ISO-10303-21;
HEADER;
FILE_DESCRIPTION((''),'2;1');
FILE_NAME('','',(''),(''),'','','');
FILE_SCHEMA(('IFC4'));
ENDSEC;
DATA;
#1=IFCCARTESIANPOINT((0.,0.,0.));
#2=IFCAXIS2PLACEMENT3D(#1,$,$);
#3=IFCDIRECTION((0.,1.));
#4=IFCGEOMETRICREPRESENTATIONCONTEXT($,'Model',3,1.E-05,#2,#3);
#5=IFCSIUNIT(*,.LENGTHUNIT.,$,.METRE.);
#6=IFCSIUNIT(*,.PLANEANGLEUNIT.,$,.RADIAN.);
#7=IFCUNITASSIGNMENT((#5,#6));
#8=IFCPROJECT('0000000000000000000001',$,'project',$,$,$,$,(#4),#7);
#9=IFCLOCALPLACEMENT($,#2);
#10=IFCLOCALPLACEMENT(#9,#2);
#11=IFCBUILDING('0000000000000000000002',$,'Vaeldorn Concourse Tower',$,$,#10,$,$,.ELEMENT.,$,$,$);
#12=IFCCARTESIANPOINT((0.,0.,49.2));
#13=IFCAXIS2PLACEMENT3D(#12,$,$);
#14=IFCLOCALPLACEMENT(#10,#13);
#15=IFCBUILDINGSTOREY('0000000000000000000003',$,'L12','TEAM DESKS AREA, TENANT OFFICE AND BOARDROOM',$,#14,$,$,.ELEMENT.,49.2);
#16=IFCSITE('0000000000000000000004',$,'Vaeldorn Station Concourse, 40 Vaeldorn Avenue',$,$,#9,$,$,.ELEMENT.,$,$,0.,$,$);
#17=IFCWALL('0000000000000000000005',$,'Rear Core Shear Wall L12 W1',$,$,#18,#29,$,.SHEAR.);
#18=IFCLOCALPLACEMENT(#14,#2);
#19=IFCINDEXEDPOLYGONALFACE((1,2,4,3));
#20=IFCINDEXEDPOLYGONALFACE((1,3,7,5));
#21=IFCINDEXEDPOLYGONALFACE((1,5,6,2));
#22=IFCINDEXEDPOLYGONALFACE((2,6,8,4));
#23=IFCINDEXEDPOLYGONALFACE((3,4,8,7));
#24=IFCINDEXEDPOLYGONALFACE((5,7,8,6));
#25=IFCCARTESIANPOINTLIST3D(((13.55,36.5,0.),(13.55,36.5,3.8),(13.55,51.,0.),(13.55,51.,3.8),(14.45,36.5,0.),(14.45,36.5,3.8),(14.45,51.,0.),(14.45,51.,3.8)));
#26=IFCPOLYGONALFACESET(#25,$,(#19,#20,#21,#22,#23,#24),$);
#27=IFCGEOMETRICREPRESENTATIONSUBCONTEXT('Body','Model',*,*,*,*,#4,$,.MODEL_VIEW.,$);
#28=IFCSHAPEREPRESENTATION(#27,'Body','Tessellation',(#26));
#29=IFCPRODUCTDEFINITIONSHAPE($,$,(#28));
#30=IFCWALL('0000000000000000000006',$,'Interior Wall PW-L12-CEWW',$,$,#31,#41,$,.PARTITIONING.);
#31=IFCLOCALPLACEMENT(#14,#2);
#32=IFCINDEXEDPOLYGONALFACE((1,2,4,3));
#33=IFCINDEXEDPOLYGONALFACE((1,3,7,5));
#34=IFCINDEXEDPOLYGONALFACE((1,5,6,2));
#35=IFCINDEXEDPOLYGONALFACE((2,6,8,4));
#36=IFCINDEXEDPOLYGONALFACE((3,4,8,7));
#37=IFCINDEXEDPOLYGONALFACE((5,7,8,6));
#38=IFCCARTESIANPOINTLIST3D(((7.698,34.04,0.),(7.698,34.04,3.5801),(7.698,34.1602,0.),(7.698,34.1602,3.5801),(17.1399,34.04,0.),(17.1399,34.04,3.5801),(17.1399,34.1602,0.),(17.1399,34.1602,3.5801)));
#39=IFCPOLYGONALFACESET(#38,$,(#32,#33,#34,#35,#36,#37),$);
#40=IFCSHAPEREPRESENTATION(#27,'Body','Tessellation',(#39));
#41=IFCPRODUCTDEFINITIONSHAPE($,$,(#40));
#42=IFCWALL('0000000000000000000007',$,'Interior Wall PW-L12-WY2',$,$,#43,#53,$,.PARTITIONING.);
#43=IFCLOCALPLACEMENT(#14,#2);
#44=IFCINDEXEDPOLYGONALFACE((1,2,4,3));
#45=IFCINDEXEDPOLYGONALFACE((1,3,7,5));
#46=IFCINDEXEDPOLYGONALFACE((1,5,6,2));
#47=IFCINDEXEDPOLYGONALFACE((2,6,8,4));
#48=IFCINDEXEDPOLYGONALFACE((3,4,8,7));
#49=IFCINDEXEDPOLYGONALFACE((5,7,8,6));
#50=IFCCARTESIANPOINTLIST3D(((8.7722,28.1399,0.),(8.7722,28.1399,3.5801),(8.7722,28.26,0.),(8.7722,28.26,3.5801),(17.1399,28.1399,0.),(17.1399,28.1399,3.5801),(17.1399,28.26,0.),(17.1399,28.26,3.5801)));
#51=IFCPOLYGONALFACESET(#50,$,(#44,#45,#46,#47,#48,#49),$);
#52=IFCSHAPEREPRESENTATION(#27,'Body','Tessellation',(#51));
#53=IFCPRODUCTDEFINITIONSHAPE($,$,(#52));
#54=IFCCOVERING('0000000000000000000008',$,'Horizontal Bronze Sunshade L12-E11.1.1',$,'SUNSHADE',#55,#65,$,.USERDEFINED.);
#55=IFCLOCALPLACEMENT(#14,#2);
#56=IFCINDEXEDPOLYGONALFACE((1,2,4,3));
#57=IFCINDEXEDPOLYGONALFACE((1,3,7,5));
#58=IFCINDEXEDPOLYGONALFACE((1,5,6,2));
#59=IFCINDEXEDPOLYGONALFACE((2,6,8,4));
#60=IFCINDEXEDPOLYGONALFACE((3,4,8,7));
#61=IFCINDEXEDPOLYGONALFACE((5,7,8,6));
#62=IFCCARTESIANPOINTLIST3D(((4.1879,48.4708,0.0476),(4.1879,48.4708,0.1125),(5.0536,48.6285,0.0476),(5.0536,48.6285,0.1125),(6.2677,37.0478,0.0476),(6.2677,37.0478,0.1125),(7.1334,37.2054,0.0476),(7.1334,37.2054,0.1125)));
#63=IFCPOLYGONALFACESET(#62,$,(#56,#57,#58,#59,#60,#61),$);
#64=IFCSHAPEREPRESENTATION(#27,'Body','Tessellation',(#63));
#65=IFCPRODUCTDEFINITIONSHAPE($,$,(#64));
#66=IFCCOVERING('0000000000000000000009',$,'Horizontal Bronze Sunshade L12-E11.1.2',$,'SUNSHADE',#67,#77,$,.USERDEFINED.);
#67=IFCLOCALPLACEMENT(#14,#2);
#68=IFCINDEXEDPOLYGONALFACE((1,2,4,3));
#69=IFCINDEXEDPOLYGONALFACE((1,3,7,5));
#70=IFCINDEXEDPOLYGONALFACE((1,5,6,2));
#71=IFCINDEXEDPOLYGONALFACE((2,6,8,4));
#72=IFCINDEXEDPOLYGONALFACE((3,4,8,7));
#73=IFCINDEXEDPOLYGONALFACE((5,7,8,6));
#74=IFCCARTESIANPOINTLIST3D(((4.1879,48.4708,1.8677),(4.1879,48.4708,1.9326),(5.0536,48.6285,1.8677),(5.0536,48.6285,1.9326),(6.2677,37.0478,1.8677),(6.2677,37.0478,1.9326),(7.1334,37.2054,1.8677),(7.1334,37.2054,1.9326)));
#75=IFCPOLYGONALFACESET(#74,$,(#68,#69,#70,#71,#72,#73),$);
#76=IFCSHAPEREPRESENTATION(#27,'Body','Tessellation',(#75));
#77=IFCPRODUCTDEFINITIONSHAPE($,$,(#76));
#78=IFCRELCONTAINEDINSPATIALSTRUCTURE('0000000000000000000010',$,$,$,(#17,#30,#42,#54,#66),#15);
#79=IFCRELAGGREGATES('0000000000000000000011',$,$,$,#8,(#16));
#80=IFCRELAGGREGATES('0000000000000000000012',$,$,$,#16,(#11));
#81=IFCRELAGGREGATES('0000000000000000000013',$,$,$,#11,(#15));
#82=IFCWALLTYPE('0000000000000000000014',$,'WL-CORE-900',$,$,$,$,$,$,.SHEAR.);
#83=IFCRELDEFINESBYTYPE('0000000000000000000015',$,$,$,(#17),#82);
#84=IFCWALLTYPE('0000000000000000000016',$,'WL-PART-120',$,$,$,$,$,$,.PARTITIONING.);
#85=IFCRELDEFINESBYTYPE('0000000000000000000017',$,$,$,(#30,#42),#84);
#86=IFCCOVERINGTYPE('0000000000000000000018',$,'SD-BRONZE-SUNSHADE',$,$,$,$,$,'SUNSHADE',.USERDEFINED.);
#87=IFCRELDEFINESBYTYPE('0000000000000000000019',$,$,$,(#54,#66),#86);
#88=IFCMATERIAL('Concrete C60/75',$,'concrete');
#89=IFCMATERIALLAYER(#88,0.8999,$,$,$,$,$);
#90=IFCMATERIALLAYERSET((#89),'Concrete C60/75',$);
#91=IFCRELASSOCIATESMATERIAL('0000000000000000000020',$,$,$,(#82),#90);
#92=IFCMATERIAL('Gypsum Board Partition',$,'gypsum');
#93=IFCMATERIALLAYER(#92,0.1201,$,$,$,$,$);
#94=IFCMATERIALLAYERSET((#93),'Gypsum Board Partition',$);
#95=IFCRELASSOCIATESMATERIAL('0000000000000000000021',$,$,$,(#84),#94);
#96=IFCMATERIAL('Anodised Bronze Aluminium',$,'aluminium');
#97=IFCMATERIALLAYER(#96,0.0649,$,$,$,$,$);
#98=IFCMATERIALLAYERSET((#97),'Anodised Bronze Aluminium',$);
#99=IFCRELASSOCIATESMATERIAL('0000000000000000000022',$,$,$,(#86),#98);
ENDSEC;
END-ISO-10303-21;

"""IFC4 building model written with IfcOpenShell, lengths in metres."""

from ifc_helpers import new_model, si_unit, direction, frame, frame_2d, origin, origin_2d, place, context, subcontext, project, spatial, rectangle, extrude, source, transform, mapped, material, layer, layer_set, type_object, element, save


model = new_model("IFC4")

# Units and contexts
model_context = context("Model", 3, precision=1e-05, world=origin(), true_north=direction((0.0, 1.0)))
body_context = subcontext(model_context, "Body", "Model", "MODEL_VIEW")
ifc_project = project(units=[si_unit("LENGTHUNIT", "METRE"), si_unit("PLANEANGLEUNIT", "RADIAN")], contexts=[model_context])

# Site, building, storey
site_placement = place(None, origin())
site = spatial("IfcSite", under=ifc_project, at=site_placement, Name="Vaeldorn Station Concourse, 40 Vaeldorn Avenue", CompositionType="ELEMENT", RefElevation=0.0)
building_placement = place(site_placement, origin())
building = spatial("IfcBuilding", under=site, at=building_placement, Name="Vaeldorn Concourse Tower", CompositionType="ELEMENT")
storey_placement = place(building_placement, frame((0.0, 0.0, 49.2)))
storey = spatial("IfcBuildingStorey", under=building, at=storey_placement, Name="L12", Description="TEAM DESKS AREA, TENANT OFFICE AND BOARDROOM", CompositionType="ELEMENT", Elevation=49.2)

# Shared definitions
ifc_material_1 = material(Name="Concrete C60/75", Category="concrete")

# Shared definitions
ifc_material_2 = material(Name="Anodised Bronze Aluminium", Category="aluminium")

# Walls
ifc_layer_1 = layer(ifc_material_1, 0.8999)
ifc_layer_set_1 = layer_set([ifc_layer_1], Name="Concrete C60/75")
wall_type_1 = type_object("IfcWallType", Name="WL-CORE-900", PredefinedType="SHEAR", material=ifc_layer_set_1)
wall_1_placement = place(storey_placement, frame((14.0, 36.5, 0.0), z_axis=(0.0, 0.0, 1.0), x_axis=(0.0, 1.0, 0.0)))
element("IfcWall", 1, at=wall_1_placement, inside=storey, type_object=wall_type_1, Name="Rear Core Shear Wall L12 W1", PredefinedType="SHEAR", context=body_context, shape_type="SweptSolid", body=[
    extrude(rectangle(XDim=14.5, YDim=0.8999, at=frame_2d((7.25, 0.0))), origin(), (0.0, 0.0, 1.0), 3.8),
])
ifc_material_3 = material(Name="Gypsum Board Partition", Category="gypsum")
ifc_layer_2 = layer(ifc_material_3, 0.1201)
ifc_layer_set_2 = layer_set([ifc_layer_2], Name="Gypsum Board Partition")
wall_type_2 = type_object("IfcWallType", Name="WL-PART-120", PredefinedType="PARTITIONING", material=ifc_layer_set_2)
wall_2_placement = place(storey_placement, frame((7.698, 34.1001, 0.0), z_axis=(0.0, 0.0, 1.0), x_axis=(1.0, 0.0, 0.0)))
element("IfcWall", 2, at=wall_2_placement, inside=storey, type_object=wall_type_2, Name="Interior Wall PW-L12-CEWW", PredefinedType="PARTITIONING", context=body_context, shape_type="SweptSolid", body=[
    extrude(rectangle(XDim=9.4419, YDim=0.1201, at=frame_2d((4.7209, 0.0))), origin(), (0.0, 0.0, 1.0), 3.5801),
])

# Wall
wall_3_placement = place(storey_placement, frame((8.7722, 28.2, 0.0), z_axis=(0.0, 0.0, 1.0), x_axis=(1.0, 0.0, 0.0)))
element("IfcWall", 3, at=wall_3_placement, inside=storey, type_object=wall_type_2, Name="Interior Wall PW-L12-WY2", PredefinedType="PARTITIONING", context=body_context, shape_type="SweptSolid", body=[
    extrude(rectangle(XDim=8.3677, YDim=0.1201, at=frame_2d((4.1838, 0.0))), origin(), (0.0, 0.0, 1.0), 3.5801),
])

# Coverings
ifc_layer_3 = layer(ifc_material_2, 0.0649)
ifc_layer_set_3 = layer_set([ifc_layer_3], Name="Anodised Bronze Aluminium")
covering_type = type_object("IfcCoveringType", Name="SD-BRONZE-SUNSHADE", ElementType="SUNSHADE", PredefinedType="USERDEFINED", material=ifc_layer_set_3)
shared_shape_1 = source(origin(), body_context, "Body", "SweptSolid", [
    extrude(rectangle(XDim=11.6108, YDim=0.8799, at=origin_2d()), origin(), (0.0, 0.0, 1.0), 0.0649),
])
for number, where, z_axis, x_axis, name in (
    (4, (5.6606, 42.8381, 0.0476), (0.0, 0.0, 1.0), (0.179128, -0.983826, 0.0), "Horizontal Bronze Sunshade L12-E11.1.1"),
    (5, (5.6606, 42.8381, 1.8677), (0.0, 0.0, 1.0), (0.179128, -0.983826, 0.0), "Horizontal Bronze Sunshade L12-E11.1.2"),
):
    element("IfcCovering", number, at=place(storey_placement, frame(where, z_axis=z_axis, x_axis=x_axis)), inside=storey, type_object=covering_type, Name=name, ObjectType="SUNSHADE", PredefinedType="USERDEFINED", context=body_context, shape_type="MappedRepresentation", body=[
        mapped(shared_shape_1, transform((0.0, 0.0, 0.0), scale=1.0)),
    ])

save(model, "model.ifc")
